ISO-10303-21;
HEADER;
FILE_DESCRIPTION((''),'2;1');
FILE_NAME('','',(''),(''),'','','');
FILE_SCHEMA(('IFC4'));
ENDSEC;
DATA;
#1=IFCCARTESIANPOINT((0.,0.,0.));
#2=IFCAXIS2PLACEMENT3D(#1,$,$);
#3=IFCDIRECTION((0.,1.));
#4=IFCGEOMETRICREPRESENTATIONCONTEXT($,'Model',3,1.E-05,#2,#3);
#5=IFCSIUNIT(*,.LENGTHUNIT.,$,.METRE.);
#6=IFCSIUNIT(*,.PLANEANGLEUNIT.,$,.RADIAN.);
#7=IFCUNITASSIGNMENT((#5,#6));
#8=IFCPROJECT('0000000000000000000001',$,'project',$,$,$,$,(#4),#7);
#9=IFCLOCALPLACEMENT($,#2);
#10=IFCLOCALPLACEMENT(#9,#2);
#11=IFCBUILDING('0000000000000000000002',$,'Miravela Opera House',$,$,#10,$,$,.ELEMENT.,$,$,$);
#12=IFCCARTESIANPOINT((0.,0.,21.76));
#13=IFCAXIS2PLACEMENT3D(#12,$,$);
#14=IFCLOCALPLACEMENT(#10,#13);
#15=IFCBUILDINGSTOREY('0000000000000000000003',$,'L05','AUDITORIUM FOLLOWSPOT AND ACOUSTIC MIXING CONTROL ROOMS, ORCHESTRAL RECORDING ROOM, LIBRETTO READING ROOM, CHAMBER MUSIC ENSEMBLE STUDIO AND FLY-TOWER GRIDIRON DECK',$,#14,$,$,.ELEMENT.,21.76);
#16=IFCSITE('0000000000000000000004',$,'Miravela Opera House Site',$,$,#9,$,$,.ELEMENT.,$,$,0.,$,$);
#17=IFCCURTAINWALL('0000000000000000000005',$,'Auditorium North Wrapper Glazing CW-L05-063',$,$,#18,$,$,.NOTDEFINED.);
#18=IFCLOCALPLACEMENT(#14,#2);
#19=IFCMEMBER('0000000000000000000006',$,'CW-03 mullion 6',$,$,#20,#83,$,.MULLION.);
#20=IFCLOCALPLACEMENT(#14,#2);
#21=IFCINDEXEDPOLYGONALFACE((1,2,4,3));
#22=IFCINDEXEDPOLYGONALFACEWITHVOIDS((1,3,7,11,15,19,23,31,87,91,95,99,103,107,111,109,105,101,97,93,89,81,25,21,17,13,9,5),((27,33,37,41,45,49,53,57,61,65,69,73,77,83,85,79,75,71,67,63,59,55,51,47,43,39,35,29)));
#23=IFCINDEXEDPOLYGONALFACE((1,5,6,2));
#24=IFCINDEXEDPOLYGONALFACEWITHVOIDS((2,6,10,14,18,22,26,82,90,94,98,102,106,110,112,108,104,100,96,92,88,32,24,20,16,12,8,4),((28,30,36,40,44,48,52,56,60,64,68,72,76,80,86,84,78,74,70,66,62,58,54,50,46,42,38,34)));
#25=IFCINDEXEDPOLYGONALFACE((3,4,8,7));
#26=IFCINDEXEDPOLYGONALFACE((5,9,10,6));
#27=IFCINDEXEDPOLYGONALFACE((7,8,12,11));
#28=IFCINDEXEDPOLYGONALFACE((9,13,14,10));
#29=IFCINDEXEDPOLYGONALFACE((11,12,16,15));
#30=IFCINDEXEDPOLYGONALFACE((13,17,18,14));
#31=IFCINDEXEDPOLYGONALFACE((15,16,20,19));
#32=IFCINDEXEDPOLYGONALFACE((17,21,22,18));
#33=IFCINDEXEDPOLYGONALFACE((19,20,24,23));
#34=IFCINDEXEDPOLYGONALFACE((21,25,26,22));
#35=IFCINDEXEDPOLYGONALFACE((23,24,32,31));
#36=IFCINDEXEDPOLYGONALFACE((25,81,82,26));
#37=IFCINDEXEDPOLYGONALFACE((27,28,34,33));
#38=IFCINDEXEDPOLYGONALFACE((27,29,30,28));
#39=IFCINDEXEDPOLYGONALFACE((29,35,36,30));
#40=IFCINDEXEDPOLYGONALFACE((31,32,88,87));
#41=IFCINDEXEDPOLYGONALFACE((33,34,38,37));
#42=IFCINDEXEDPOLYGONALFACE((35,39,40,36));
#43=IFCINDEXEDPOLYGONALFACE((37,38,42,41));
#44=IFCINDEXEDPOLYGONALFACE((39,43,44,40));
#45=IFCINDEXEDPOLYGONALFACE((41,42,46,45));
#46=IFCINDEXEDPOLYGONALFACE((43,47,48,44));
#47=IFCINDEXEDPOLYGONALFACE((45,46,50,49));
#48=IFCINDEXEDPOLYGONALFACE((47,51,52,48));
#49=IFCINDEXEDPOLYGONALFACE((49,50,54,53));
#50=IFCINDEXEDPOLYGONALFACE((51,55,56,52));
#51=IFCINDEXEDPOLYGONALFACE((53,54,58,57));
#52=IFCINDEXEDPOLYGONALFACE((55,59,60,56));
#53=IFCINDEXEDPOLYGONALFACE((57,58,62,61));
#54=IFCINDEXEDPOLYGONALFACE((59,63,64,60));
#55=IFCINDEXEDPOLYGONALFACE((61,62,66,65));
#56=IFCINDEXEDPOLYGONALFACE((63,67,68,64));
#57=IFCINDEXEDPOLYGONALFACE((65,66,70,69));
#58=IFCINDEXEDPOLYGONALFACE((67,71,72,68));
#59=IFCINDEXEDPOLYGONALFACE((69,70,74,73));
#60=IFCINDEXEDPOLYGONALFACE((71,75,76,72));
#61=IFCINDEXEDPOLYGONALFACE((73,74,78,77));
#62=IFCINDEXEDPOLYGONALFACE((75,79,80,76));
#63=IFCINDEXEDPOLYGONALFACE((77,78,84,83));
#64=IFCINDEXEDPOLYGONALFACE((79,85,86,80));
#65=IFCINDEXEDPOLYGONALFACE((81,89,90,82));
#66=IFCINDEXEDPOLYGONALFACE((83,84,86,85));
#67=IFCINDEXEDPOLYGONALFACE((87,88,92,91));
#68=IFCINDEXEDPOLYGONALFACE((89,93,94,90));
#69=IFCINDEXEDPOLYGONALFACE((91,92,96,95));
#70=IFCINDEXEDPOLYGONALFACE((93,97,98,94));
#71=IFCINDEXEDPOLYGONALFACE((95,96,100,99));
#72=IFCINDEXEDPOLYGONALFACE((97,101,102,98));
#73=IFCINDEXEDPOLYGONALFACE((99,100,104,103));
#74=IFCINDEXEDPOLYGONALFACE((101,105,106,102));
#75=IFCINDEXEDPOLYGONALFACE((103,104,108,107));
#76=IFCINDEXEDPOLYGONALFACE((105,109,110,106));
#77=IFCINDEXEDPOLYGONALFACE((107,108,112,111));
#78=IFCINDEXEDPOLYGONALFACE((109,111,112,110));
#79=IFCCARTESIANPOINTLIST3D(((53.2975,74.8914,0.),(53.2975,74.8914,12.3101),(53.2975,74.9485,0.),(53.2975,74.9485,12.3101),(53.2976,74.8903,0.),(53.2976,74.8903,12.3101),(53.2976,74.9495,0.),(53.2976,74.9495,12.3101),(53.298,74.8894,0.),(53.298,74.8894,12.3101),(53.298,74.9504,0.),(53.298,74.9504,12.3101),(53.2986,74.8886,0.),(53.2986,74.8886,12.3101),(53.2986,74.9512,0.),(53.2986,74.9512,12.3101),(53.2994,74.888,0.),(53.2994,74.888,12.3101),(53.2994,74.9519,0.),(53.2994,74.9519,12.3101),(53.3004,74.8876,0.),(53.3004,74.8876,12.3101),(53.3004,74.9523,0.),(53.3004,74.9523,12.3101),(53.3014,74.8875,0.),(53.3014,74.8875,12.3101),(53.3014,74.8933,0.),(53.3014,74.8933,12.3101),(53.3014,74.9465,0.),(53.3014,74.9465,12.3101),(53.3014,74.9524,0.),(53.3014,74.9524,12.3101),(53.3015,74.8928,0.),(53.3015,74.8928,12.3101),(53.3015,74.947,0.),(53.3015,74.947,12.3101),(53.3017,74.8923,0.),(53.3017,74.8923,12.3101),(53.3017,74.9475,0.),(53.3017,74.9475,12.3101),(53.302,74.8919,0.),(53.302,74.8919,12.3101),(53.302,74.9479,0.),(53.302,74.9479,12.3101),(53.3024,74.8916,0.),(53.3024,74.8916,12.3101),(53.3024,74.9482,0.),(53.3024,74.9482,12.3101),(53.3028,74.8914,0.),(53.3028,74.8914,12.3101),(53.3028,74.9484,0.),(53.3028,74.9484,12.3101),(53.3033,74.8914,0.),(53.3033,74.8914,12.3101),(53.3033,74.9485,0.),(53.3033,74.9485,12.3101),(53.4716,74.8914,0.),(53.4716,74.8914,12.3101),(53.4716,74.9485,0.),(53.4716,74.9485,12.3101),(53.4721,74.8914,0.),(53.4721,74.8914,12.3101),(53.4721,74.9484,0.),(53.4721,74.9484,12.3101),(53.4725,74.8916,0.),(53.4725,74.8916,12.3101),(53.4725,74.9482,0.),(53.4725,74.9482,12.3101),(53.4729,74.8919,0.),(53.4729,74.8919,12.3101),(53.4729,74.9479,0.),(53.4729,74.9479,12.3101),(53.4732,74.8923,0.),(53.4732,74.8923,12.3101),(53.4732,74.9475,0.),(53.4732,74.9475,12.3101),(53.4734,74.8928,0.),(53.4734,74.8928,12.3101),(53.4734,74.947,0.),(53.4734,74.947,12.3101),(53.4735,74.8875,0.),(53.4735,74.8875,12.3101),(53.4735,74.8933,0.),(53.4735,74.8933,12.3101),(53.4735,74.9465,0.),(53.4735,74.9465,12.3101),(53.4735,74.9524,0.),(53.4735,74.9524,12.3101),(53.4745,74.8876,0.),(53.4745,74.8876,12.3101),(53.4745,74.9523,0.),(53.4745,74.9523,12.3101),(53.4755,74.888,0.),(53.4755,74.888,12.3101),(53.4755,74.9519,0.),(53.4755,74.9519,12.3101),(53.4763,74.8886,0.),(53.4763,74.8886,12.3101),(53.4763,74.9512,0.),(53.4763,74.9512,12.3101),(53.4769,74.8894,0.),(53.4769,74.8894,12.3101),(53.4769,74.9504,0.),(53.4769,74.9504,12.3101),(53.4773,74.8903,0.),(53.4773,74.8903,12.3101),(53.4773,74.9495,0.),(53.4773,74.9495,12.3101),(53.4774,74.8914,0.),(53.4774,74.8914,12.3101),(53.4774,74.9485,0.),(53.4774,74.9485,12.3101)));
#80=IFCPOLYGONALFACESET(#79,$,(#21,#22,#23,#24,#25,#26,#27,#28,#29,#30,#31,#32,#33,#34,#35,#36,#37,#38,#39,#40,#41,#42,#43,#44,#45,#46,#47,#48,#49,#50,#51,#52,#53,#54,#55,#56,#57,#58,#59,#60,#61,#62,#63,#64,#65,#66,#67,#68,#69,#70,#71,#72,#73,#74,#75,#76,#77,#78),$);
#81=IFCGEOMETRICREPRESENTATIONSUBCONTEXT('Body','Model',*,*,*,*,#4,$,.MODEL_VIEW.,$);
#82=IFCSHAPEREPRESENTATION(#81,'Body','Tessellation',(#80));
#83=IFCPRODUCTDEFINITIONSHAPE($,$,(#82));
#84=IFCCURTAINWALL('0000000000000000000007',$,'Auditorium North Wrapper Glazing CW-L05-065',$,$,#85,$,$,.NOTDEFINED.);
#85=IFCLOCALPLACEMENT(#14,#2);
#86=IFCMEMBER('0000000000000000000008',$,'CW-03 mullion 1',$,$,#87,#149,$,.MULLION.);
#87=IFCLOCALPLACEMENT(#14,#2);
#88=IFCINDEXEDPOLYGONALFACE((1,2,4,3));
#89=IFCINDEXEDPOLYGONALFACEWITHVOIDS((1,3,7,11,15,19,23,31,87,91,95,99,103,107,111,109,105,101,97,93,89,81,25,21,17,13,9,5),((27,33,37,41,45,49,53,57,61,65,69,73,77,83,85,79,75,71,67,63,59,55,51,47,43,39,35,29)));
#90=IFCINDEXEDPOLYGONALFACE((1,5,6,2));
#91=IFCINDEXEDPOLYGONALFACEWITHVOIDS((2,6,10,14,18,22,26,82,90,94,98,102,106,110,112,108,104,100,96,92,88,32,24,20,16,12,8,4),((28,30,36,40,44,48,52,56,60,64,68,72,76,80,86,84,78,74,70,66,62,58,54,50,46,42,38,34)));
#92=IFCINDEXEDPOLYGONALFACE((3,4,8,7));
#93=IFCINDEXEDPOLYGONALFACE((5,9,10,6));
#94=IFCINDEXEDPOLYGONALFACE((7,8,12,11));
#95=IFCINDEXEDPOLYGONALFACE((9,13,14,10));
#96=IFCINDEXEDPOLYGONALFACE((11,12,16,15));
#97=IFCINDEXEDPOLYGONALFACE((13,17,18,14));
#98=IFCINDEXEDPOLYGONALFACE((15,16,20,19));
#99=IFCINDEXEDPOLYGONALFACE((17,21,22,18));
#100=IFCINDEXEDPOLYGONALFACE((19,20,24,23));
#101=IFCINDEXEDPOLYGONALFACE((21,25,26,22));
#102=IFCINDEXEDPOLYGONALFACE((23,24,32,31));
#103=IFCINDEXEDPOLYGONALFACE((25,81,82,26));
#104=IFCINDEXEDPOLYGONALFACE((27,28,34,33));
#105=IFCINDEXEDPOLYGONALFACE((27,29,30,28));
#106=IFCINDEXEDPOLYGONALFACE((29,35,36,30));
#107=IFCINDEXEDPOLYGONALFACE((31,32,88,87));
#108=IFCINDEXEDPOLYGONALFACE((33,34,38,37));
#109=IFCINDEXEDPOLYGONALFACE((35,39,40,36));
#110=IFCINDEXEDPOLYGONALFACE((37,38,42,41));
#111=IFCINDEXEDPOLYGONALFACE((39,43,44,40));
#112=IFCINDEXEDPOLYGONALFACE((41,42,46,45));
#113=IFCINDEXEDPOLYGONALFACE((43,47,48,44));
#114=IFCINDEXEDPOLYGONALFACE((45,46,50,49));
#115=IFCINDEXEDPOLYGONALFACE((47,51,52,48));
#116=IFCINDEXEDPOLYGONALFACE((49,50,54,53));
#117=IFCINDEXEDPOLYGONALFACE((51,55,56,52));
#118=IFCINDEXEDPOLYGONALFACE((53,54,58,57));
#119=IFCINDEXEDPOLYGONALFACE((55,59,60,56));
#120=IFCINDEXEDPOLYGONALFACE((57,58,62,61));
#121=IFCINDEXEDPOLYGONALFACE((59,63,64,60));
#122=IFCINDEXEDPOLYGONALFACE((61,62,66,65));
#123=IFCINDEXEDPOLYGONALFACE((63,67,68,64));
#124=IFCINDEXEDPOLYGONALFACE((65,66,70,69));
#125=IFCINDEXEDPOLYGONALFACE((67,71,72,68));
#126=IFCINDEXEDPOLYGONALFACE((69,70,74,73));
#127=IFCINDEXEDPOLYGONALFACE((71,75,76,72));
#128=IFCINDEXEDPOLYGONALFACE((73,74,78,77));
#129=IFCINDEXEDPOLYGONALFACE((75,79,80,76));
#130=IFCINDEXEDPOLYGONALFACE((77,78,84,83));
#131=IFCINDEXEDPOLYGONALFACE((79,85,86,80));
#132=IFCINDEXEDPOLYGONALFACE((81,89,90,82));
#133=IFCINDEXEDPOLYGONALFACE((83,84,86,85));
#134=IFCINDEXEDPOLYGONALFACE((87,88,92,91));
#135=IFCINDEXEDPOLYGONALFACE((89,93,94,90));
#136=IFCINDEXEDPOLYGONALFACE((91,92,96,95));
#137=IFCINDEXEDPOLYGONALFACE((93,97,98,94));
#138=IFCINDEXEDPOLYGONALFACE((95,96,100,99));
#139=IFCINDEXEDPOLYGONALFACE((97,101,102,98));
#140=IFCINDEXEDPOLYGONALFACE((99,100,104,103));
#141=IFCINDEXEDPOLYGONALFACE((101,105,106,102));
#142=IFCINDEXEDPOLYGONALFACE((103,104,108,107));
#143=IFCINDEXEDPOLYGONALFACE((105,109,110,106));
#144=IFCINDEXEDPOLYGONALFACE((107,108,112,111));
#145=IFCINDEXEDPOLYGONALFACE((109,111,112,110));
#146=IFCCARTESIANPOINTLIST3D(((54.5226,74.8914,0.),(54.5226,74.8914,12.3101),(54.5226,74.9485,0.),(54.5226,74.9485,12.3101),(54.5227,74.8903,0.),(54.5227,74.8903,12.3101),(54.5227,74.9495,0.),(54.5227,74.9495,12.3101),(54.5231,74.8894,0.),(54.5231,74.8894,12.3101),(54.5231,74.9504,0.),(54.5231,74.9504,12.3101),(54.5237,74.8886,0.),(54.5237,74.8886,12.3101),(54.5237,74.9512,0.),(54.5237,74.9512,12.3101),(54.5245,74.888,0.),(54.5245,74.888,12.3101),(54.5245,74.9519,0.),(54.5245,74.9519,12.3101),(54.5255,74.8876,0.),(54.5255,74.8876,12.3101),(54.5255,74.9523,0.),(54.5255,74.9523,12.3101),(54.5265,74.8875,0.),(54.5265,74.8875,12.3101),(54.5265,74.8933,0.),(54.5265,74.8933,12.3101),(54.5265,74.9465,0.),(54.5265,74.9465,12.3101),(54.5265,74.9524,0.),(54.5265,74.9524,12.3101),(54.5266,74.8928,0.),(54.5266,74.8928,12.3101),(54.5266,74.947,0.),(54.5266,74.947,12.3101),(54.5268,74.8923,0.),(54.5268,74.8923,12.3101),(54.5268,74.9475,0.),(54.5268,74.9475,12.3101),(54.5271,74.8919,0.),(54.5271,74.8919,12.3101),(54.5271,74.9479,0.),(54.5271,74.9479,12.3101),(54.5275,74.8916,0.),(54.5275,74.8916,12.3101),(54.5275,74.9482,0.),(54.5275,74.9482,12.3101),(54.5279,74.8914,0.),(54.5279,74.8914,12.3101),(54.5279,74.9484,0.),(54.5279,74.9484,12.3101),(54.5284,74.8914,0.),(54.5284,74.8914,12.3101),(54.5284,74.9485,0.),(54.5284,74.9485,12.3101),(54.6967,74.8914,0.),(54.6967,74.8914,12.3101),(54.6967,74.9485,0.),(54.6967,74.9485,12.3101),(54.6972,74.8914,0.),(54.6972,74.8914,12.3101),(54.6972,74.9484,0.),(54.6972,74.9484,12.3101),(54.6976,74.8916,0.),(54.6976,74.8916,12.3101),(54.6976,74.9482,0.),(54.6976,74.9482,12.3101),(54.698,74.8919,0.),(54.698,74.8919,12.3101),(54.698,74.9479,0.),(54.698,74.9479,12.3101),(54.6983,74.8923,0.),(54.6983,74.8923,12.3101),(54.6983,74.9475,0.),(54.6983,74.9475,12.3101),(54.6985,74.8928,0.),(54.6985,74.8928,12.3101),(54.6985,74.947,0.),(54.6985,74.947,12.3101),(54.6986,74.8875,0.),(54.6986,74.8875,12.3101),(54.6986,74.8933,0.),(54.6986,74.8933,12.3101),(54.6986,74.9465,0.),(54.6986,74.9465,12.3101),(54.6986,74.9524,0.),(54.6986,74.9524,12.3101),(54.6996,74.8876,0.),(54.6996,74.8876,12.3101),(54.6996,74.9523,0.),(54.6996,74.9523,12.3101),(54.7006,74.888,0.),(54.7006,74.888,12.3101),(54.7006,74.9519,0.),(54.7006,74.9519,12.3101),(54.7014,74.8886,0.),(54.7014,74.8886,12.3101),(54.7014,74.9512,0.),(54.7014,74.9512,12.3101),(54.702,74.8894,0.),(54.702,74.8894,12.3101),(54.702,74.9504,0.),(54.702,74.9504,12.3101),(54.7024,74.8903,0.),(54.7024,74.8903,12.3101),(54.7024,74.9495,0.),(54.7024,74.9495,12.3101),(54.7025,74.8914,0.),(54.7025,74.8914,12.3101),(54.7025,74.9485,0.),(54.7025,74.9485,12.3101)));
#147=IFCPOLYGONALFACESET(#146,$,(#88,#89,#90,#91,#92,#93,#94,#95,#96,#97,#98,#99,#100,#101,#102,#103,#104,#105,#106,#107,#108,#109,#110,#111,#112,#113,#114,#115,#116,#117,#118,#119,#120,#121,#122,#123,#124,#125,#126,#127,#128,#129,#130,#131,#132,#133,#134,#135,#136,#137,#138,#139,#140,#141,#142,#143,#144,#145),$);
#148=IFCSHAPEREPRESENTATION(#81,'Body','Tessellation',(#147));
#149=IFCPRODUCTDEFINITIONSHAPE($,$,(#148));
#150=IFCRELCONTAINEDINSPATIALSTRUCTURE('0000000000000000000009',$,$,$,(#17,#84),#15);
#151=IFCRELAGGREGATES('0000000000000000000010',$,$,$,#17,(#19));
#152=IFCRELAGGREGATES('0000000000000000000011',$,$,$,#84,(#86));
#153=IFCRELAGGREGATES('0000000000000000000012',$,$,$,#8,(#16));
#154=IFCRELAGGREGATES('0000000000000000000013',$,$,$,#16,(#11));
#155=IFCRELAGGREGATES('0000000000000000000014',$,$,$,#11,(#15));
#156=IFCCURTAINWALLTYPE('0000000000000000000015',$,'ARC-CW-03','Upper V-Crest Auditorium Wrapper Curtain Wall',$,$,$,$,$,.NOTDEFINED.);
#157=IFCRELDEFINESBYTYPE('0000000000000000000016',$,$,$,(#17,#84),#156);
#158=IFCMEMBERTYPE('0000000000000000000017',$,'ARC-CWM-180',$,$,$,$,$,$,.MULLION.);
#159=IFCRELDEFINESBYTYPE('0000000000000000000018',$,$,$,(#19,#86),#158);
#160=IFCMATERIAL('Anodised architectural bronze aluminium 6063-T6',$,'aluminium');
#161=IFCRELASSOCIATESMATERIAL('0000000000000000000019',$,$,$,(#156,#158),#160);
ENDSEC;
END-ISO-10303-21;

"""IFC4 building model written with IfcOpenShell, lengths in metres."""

from ifc_helpers import new_model, si_unit, direction, frame, origin, origin_2d, place, context, subcontext, project, spatial, hollow_rectangle, extrude, material, material_profile, profile_set, type_object, element, aggregate, save


model = new_model("IFC4")

# Units and contexts
model_context = context("Model", 3, precision=1e-05, world=origin(), true_north=direction((0.0, 1.0)))
body_context = subcontext(model_context, "Body", "Model", "MODEL_VIEW")
ifc_project = project(units=[si_unit("LENGTHUNIT", "METRE"), si_unit("PLANEANGLEUNIT", "RADIAN")], contexts=[model_context])

# Site, building, storey
site_placement = place(None, origin())
site = spatial("IfcSite", under=ifc_project, at=site_placement, Name="Miravela Opera House Site", CompositionType="ELEMENT", RefElevation=0.0)
building_placement = place(site_placement, origin())
building = spatial("IfcBuilding", under=site, at=building_placement, Name="Miravela Opera House", CompositionType="ELEMENT")
storey_placement = place(building_placement, frame((0.0, 0.0, 21.76)))
storey = spatial("IfcBuildingStorey", under=building, at=storey_placement, Name="L05", Description="AUDITORIUM FOLLOWSPOT AND ACOUSTIC MIXING CONTROL ROOMS, ORCHESTRAL RECORDING ROOM, LIBRETTO READING ROOM, CHAMBER MUSIC ENSEMBLE STUDIO AND FLY-TOWER GRIDIRON DECK", CompositionType="ELEMENT", Elevation=21.76)

# Curtain wall, member
ifc_material_1 = material(Name="Anodised architectural bronze aluminium 6063-T6", Category="aluminium")
curtain_wall_type = type_object("IfcCurtainWallType", Name="ARC-CW-03", Description="Upper V-Crest Auditorium Wrapper Curtain Wall", PredefinedType="NOTDEFINED", material=ifc_material_1)
curtain_wall_1_placement = place(storey_placement, origin())
curtain_wall_1 = element("IfcCurtainWall", 1, at=curtain_wall_1_placement, inside=storey, type_object=curtain_wall_type, Name="Auditorium North Wrapper Glazing CW-L05-063", PredefinedType="NOTDEFINED")
ifc_material_profile_1 = material_profile(ifc_material_1, hollow_rectangle(XDim=0.0649, YDim=0.1799, WallThickness=0.0039, InnerFilletRadius=0.002, OuterFilletRadius=0.0039, at=origin_2d()), Name="CWM-65X180")
ifc_profile_set_1 = profile_set([ifc_material_profile_1])
member_type_1 = type_object("IfcMemberType", Name="ARC-CWM-180", PredefinedType="MULLION", material=ifc_profile_set_1)
member_1_placement = place(storey_placement, frame((53.3875, 74.9199, 0.0), z_axis=(0.0, 0.0, 1.0), x_axis=(0.0, 1.0, 0.0)))
member_1 = element("IfcMember", 2, at=member_1_placement, type_object=member_type_1, Name="CW-03 mullion 6", PredefinedType="MULLION", context=body_context, shape_type="SweptSolid", body=[
    extrude(hollow_rectangle(XDim=0.0649, YDim=0.1799, WallThickness=0.0039, InnerFilletRadius=0.002, OuterFilletRadius=0.0039, at=origin_2d()), origin(), (0.0, 0.0, 1.0), 12.3101),
])

# Curtain wall, member
curtain_wall_2_placement = place(storey_placement, origin())
curtain_wall_2 = element("IfcCurtainWall", 3, at=curtain_wall_2_placement, inside=storey, type_object=curtain_wall_type, Name="Auditorium North Wrapper Glazing CW-L05-065", PredefinedType="NOTDEFINED")
member_2_placement = place(storey_placement, frame((54.6125, 74.9199, 0.0), z_axis=(0.0, 0.0, 1.0), x_axis=(0.0, 1.0, 0.0)))
member_2 = element("IfcMember", 4, at=member_2_placement, type_object=member_type_1, Name="CW-03 mullion 1", PredefinedType="MULLION", context=body_context, shape_type="SweptSolid", body=[
    extrude(hollow_rectangle(XDim=0.0649, YDim=0.1799, WallThickness=0.0039, InnerFilletRadius=0.002, OuterFilletRadius=0.0039, at=origin_2d()), origin(), (0.0, 0.0, 1.0), 12.3101),
])

aggregate(curtain_wall_1, [member_1])
aggregate(curtain_wall_2, [member_2])

save(model, "model.ifc")
